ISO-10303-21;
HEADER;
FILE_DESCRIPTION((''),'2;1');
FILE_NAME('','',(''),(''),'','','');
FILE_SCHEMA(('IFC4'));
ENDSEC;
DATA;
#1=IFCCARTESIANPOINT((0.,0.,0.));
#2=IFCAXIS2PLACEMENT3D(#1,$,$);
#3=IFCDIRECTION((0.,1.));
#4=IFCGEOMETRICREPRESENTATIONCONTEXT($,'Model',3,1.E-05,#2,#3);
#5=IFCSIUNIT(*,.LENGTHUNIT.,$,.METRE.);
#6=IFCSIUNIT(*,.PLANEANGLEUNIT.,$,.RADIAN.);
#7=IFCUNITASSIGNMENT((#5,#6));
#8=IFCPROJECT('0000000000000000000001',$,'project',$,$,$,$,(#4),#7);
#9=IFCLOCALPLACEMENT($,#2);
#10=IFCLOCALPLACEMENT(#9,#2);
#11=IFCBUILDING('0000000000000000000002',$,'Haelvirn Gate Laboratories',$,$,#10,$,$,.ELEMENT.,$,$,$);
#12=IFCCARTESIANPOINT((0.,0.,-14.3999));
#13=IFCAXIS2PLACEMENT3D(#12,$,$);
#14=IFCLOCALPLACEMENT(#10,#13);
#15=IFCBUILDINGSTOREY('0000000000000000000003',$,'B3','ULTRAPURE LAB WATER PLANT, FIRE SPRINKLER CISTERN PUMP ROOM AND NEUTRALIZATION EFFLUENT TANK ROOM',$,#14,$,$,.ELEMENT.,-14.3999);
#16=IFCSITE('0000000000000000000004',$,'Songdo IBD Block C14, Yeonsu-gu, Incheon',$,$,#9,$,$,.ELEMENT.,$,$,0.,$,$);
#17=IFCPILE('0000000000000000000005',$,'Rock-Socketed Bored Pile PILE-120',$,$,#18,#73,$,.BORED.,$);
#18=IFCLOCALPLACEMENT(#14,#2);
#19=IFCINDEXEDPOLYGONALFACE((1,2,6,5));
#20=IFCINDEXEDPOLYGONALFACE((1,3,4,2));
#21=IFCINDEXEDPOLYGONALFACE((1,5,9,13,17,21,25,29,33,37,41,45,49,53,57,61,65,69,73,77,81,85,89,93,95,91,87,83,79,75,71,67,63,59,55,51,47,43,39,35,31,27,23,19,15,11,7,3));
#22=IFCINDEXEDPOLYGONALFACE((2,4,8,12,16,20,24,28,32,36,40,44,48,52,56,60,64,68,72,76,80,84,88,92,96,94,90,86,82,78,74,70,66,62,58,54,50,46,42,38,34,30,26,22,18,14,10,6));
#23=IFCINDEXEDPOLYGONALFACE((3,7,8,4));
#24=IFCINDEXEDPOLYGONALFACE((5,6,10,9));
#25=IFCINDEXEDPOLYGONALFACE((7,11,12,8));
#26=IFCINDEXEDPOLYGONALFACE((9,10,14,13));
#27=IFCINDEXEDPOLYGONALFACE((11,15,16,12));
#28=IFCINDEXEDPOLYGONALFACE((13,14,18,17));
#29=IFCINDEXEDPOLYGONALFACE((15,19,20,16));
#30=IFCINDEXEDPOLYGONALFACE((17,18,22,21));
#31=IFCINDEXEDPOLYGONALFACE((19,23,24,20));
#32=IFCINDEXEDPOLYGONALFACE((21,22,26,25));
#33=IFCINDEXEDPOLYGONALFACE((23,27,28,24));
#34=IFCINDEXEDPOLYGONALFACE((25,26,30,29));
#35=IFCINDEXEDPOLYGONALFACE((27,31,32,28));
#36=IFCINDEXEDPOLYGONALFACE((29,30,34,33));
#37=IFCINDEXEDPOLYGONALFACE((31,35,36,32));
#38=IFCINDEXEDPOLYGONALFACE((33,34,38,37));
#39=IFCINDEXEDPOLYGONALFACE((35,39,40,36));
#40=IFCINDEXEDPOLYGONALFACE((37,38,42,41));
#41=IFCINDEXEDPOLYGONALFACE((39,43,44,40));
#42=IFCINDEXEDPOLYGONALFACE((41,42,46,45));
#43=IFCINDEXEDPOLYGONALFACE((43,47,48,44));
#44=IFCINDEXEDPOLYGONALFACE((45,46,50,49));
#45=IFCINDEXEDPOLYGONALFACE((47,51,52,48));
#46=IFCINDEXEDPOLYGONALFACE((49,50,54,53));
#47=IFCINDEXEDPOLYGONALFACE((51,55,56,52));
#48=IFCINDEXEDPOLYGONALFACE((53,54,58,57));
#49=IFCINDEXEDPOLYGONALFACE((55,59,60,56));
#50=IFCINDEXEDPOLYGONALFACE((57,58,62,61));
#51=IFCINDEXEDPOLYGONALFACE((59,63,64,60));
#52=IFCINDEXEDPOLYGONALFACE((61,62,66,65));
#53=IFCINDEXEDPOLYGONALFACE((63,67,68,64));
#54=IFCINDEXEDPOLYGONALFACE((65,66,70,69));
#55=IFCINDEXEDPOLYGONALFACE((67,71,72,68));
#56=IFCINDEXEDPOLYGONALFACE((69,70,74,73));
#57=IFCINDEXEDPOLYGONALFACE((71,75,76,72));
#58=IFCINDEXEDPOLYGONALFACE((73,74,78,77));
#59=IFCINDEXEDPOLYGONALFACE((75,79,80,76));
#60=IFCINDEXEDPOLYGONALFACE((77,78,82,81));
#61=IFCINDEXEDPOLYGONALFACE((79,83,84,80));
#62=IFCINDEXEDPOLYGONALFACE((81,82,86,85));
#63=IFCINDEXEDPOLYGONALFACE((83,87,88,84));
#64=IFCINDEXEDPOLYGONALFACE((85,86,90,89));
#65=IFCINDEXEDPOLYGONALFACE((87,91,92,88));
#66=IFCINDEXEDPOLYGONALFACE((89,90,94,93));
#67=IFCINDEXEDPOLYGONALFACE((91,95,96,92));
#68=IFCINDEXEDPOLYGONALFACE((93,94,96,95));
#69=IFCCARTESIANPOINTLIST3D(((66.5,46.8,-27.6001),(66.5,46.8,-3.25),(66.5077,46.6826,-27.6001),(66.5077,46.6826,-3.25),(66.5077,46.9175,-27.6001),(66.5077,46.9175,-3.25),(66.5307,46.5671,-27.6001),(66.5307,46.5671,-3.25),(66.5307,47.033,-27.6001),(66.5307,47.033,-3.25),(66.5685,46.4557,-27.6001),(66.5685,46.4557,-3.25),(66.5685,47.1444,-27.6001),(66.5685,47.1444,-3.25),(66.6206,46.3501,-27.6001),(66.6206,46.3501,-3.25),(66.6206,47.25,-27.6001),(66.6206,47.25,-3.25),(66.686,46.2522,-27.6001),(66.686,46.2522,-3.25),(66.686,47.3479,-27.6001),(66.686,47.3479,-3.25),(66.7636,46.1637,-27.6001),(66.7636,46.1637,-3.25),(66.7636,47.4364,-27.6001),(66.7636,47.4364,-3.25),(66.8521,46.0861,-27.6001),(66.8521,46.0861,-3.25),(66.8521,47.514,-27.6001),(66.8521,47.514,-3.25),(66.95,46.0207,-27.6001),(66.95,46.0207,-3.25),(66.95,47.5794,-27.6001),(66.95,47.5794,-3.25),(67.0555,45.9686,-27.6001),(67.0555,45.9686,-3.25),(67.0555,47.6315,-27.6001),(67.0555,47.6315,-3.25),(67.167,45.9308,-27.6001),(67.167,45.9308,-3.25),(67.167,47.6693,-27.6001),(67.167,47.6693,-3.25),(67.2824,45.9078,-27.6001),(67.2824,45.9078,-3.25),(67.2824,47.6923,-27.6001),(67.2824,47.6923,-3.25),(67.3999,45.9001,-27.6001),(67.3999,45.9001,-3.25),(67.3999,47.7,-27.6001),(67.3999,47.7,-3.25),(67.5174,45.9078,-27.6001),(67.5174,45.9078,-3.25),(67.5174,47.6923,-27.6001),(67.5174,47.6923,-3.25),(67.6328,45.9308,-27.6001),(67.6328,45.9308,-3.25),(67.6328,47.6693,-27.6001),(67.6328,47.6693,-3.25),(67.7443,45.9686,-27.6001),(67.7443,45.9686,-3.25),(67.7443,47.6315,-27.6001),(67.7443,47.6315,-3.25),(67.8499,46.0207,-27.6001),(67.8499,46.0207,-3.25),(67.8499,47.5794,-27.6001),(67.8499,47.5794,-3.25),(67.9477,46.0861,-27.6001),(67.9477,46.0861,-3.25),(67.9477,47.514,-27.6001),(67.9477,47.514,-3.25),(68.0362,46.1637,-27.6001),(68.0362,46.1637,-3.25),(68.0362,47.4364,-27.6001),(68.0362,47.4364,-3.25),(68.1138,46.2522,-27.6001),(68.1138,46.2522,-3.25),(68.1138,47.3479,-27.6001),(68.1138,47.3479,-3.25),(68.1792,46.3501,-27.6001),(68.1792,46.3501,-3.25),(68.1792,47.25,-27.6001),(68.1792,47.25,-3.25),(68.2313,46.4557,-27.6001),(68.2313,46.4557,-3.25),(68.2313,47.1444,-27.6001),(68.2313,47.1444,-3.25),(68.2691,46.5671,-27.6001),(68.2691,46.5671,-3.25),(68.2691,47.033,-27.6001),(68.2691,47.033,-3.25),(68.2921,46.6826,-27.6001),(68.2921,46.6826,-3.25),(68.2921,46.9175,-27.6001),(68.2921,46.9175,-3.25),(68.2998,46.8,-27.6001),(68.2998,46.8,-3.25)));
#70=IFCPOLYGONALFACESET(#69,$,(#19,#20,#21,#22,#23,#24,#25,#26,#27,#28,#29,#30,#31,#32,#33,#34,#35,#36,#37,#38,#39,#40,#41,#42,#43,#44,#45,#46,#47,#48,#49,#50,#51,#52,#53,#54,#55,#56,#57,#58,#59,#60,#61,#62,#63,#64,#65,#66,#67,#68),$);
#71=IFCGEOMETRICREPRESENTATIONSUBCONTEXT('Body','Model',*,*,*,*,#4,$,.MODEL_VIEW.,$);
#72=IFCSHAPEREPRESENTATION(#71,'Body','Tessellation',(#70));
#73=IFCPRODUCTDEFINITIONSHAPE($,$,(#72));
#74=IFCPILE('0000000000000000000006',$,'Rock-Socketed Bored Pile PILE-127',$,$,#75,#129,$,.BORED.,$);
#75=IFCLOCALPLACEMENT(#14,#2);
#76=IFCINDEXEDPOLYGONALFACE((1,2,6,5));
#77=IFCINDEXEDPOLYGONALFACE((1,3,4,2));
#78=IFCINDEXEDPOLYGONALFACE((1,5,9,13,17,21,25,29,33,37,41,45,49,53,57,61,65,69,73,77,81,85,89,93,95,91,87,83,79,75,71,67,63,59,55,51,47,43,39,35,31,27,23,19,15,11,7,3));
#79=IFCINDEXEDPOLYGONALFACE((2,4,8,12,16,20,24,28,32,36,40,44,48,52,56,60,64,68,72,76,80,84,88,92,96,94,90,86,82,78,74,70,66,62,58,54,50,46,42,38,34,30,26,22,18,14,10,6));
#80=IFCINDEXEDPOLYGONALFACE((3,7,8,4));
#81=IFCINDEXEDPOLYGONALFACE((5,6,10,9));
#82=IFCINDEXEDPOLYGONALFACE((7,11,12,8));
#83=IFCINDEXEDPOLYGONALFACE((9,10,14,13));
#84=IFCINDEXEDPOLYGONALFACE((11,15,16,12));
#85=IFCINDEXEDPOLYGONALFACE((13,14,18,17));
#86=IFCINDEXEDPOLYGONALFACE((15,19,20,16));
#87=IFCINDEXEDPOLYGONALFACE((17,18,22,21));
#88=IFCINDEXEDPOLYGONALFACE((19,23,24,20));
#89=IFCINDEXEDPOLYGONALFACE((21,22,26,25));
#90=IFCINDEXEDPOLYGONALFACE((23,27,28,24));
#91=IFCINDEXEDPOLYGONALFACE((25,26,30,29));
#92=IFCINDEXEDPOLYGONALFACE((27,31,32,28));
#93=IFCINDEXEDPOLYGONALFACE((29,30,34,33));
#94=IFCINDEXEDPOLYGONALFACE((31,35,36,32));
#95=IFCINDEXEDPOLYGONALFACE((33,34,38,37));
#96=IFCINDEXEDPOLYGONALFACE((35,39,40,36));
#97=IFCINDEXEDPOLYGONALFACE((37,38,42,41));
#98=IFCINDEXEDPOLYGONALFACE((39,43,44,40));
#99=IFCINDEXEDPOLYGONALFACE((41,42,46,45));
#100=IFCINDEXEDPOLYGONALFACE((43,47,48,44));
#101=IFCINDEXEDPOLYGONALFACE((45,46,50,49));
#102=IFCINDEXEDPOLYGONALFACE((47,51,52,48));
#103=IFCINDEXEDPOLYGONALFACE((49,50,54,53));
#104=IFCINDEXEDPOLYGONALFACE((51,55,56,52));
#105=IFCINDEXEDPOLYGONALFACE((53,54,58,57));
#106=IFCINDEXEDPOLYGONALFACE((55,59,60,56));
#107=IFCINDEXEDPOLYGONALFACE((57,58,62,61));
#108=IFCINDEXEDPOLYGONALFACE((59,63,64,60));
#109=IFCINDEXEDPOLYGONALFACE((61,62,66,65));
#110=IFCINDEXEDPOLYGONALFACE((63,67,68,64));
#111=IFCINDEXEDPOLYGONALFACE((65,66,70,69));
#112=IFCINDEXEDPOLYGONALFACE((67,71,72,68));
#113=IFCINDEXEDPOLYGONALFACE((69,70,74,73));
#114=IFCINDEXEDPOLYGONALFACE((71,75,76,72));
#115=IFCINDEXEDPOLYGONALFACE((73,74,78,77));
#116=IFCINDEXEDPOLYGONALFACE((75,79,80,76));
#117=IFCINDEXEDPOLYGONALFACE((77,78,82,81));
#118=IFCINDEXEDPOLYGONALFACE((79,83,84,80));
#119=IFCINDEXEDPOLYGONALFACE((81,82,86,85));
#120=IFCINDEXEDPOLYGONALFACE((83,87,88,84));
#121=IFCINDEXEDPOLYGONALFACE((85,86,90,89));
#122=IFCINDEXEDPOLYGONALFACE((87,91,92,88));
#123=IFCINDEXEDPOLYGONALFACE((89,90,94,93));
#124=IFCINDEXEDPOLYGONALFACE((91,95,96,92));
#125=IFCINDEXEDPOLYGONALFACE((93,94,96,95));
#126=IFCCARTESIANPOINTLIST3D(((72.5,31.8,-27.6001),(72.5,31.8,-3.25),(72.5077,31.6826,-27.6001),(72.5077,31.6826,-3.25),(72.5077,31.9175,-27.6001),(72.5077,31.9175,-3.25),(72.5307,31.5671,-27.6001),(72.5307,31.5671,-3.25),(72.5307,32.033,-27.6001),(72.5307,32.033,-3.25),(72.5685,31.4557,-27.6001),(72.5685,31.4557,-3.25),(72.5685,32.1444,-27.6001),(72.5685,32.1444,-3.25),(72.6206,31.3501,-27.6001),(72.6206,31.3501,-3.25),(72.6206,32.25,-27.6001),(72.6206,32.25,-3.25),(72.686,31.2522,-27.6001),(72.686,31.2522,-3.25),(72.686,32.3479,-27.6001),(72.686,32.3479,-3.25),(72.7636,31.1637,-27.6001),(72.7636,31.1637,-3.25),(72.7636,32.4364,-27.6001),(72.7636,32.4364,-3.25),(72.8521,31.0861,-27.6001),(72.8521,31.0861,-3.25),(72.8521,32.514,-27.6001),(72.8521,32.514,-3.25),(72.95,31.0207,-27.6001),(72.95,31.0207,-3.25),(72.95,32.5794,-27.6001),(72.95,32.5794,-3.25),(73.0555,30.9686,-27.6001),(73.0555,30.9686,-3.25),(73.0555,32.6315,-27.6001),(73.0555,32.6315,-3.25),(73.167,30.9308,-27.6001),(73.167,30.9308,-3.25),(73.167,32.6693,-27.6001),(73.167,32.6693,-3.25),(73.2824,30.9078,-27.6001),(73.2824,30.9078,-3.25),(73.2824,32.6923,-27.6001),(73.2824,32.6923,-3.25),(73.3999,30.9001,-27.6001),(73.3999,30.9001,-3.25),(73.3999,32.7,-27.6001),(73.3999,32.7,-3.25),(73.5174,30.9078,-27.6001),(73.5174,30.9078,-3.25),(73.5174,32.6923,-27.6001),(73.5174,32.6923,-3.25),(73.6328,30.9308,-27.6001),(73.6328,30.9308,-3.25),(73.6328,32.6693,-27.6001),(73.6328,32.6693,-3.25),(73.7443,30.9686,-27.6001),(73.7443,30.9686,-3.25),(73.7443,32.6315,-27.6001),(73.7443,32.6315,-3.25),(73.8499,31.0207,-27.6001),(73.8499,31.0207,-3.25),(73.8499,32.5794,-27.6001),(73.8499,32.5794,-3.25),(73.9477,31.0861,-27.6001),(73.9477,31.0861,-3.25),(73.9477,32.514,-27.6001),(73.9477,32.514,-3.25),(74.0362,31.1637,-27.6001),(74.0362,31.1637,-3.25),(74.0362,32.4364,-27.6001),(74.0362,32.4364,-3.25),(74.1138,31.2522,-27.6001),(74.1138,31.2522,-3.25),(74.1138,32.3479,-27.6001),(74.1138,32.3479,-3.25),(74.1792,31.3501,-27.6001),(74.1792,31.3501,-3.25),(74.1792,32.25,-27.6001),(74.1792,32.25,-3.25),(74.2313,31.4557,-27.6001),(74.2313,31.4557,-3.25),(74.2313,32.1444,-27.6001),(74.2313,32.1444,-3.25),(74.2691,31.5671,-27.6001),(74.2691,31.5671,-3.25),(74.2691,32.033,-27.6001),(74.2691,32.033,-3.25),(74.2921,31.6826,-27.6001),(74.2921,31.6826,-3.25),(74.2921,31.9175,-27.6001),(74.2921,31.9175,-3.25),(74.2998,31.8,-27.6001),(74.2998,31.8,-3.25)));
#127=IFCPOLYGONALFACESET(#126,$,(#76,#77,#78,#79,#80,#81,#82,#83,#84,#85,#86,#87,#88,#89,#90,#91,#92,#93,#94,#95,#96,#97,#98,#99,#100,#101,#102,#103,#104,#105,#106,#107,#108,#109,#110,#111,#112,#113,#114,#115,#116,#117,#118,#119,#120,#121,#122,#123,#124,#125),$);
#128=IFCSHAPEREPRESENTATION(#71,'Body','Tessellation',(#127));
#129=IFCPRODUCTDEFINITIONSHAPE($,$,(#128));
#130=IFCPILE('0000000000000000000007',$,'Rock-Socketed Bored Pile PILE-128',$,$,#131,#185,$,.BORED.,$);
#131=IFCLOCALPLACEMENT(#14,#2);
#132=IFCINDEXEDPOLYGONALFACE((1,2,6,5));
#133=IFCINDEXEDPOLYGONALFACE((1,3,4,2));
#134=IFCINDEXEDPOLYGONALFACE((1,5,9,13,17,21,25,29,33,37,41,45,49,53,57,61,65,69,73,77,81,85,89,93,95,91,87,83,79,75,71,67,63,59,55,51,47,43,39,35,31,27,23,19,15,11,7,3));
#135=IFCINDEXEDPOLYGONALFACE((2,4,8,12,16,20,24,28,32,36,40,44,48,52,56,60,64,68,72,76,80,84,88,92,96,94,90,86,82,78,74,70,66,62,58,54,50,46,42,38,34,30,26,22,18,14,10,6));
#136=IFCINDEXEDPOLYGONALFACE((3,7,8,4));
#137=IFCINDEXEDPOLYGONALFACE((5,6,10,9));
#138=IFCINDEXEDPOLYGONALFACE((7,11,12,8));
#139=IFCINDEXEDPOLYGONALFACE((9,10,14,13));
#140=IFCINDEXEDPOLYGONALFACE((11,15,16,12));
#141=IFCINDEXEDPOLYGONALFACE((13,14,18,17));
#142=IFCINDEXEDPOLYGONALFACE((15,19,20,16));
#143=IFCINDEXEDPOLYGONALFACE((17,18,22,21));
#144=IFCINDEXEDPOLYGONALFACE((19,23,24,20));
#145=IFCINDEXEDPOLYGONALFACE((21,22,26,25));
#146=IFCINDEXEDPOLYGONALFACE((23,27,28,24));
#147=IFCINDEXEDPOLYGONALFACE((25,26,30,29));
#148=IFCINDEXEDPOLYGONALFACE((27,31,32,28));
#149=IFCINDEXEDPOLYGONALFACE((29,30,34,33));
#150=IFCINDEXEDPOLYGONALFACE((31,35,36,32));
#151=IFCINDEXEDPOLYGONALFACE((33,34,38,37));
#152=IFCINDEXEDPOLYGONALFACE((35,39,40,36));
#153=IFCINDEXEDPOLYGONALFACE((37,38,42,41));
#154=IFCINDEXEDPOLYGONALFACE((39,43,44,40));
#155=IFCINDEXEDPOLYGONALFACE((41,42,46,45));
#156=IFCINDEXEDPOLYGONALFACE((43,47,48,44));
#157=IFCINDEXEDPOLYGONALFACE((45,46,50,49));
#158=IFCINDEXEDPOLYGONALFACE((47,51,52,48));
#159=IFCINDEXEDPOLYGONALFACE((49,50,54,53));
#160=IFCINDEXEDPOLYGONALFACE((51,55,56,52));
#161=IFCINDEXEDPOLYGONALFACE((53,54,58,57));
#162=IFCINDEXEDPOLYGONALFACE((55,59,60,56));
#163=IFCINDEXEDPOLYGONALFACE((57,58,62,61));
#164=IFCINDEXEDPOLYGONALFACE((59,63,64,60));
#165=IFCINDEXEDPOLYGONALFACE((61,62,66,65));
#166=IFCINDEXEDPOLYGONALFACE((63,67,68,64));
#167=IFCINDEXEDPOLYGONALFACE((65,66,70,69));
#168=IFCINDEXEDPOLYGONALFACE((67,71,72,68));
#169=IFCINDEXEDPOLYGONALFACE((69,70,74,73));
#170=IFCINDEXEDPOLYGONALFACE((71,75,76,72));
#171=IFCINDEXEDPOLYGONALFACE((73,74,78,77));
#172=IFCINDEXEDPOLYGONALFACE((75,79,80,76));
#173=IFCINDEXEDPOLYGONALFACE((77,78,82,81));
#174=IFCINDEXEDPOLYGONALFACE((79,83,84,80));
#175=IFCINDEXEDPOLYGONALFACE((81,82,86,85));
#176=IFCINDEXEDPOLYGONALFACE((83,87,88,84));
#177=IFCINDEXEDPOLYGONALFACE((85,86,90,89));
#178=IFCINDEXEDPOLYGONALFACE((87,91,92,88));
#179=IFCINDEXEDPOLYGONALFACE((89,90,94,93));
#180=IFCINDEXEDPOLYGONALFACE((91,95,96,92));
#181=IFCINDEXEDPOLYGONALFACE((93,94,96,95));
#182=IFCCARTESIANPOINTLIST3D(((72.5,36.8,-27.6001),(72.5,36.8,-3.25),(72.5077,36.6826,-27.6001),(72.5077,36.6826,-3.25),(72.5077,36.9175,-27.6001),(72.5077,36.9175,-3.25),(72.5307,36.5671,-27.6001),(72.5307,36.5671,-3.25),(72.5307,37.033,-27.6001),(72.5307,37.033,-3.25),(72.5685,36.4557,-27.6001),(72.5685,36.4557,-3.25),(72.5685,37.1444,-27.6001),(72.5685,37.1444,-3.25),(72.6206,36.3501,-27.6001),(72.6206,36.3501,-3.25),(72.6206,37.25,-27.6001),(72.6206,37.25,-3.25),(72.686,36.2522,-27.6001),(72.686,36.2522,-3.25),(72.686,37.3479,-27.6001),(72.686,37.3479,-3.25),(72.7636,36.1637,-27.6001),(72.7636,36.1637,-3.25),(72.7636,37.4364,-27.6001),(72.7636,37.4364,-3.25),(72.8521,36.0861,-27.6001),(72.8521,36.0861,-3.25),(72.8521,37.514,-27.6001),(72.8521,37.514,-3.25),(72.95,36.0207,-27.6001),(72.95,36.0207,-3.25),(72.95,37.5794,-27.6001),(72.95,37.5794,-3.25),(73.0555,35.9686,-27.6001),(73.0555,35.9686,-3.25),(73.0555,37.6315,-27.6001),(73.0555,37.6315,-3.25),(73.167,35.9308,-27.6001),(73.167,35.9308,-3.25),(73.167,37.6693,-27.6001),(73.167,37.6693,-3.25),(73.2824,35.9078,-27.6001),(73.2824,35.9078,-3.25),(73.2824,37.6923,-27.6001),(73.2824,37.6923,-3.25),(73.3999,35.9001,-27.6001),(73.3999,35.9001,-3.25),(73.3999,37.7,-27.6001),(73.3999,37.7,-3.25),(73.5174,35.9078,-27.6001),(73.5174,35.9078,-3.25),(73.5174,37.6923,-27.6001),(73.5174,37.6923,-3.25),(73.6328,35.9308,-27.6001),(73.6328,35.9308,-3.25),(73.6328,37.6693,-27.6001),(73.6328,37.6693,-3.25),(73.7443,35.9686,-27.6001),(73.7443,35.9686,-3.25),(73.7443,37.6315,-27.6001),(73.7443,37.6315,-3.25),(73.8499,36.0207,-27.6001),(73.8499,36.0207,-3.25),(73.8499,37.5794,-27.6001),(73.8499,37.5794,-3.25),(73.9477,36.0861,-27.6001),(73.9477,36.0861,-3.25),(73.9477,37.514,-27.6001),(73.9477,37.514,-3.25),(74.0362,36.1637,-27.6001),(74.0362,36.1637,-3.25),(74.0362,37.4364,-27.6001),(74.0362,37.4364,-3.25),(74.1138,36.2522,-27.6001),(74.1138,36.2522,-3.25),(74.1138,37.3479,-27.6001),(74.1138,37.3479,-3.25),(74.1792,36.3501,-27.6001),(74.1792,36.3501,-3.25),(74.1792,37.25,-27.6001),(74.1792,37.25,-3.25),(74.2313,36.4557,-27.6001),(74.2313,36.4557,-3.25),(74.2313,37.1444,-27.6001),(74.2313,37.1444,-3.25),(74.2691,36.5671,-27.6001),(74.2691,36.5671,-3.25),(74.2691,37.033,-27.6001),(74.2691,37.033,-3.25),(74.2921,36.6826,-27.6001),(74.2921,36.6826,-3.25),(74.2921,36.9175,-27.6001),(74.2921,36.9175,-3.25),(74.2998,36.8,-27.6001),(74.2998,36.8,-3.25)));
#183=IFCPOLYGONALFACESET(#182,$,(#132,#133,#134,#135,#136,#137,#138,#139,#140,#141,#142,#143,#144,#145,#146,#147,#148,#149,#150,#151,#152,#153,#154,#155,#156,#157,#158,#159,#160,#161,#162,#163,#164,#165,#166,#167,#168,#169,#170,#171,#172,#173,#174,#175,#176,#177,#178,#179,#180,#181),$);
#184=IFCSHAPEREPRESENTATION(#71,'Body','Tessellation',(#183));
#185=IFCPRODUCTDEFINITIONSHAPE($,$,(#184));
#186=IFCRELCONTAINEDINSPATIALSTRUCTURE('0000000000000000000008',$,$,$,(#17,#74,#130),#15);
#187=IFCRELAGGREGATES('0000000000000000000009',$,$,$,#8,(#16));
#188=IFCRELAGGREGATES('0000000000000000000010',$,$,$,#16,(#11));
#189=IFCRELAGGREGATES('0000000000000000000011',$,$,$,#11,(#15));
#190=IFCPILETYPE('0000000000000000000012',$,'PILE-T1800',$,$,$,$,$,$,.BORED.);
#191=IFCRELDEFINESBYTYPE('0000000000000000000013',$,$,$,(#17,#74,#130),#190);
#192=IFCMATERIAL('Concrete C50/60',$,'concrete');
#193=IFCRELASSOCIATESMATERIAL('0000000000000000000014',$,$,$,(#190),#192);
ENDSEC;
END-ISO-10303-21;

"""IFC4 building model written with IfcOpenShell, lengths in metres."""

from ifc_helpers import new_model, si_unit, direction, frame, origin, origin_2d, place, context, subcontext, project, spatial, circle, extrude, source, transform, mapped, material, material_profile, profile_set, type_object, type_shapes, element, save


model = new_model("IFC4")

# Units and contexts
model_context = context("Model", 3, precision=1e-05, world=origin(), true_north=direction((0.0, 1.0)))
body_context = subcontext(model_context, "Body", "Model", "MODEL_VIEW")
ifc_project = project(units=[si_unit("LENGTHUNIT", "METRE"), si_unit("PLANEANGLEUNIT", "RADIAN")], contexts=[model_context])

# Site, building, storey
site_placement = place(None, origin())
site = spatial("IfcSite", under=ifc_project, at=site_placement, Name="Songdo IBD Block C14, Yeonsu-gu, Incheon", CompositionType="ELEMENT", RefElevation=0.0)
building_placement = place(site_placement, origin())
building = spatial("IfcBuilding", under=site, at=building_placement, Name="Haelvirn Gate Laboratories", CompositionType="ELEMENT")
storey_placement = place(building_placement, frame((0.0, 0.0, -14.3999)))
storey = spatial("IfcBuildingStorey", under=building, at=storey_placement, Name="B3", Description="ULTRAPURE LAB WATER PLANT, FIRE SPRINKLER CISTERN PUMP ROOM AND NEUTRALIZATION EFFLUENT TANK ROOM", CompositionType="ELEMENT", Elevation=-14.3999)

# Piles
ifc_material_1 = material(Name="Concrete C50/60", Category="concrete")
ifc_material_profile_1 = material_profile(ifc_material_1, circle(Radius=0.8999, at=origin_2d()), Name="PILE-D1800")
ifc_profile_set_1 = profile_set([ifc_material_profile_1], Name="Concrete C50/60")
pile_type_1 = type_object("IfcPileType", Name="PILE-T1800", PredefinedType="BORED", material=ifc_profile_set_1)
shared_shape_1 = source(origin(), body_context, "Body", "SweptSolid", [
    extrude(circle(Radius=0.8999, at=origin_2d()), origin(), (0.0, 0.0, 1.0), 24.3501),
])
type_shapes(pile_type_1, [shared_shape_1])
for number, where, z_axis, x_axis, name in (
    (1, (67.3999, 46.8, -3.25), (0.0, 0.0, -1.0), (1.0, 0.0, 0.0), "Rock-Socketed Bored Pile PILE-120"),
    (2, (73.3999, 31.8, -3.25), (0.0, 0.0, -1.0), (1.0, 0.0, 0.0), "Rock-Socketed Bored Pile PILE-127"),
    (3, (73.3999, 36.8, -3.25), (0.0, 0.0, -1.0), (1.0, 0.0, 0.0), "Rock-Socketed Bored Pile PILE-128"),
):
    element("IfcPile", number, at=place(storey_placement, frame(where, z_axis=z_axis, x_axis=x_axis)), inside=storey, type_object=pile_type_1, Name=name, PredefinedType="BORED", context=body_context, shape_type="MappedRepresentation", body=[
        mapped(shared_shape_1, transform((0.0, 0.0, 0.0), scale=1.0)),
    ])

save(model, "model.ifc")
